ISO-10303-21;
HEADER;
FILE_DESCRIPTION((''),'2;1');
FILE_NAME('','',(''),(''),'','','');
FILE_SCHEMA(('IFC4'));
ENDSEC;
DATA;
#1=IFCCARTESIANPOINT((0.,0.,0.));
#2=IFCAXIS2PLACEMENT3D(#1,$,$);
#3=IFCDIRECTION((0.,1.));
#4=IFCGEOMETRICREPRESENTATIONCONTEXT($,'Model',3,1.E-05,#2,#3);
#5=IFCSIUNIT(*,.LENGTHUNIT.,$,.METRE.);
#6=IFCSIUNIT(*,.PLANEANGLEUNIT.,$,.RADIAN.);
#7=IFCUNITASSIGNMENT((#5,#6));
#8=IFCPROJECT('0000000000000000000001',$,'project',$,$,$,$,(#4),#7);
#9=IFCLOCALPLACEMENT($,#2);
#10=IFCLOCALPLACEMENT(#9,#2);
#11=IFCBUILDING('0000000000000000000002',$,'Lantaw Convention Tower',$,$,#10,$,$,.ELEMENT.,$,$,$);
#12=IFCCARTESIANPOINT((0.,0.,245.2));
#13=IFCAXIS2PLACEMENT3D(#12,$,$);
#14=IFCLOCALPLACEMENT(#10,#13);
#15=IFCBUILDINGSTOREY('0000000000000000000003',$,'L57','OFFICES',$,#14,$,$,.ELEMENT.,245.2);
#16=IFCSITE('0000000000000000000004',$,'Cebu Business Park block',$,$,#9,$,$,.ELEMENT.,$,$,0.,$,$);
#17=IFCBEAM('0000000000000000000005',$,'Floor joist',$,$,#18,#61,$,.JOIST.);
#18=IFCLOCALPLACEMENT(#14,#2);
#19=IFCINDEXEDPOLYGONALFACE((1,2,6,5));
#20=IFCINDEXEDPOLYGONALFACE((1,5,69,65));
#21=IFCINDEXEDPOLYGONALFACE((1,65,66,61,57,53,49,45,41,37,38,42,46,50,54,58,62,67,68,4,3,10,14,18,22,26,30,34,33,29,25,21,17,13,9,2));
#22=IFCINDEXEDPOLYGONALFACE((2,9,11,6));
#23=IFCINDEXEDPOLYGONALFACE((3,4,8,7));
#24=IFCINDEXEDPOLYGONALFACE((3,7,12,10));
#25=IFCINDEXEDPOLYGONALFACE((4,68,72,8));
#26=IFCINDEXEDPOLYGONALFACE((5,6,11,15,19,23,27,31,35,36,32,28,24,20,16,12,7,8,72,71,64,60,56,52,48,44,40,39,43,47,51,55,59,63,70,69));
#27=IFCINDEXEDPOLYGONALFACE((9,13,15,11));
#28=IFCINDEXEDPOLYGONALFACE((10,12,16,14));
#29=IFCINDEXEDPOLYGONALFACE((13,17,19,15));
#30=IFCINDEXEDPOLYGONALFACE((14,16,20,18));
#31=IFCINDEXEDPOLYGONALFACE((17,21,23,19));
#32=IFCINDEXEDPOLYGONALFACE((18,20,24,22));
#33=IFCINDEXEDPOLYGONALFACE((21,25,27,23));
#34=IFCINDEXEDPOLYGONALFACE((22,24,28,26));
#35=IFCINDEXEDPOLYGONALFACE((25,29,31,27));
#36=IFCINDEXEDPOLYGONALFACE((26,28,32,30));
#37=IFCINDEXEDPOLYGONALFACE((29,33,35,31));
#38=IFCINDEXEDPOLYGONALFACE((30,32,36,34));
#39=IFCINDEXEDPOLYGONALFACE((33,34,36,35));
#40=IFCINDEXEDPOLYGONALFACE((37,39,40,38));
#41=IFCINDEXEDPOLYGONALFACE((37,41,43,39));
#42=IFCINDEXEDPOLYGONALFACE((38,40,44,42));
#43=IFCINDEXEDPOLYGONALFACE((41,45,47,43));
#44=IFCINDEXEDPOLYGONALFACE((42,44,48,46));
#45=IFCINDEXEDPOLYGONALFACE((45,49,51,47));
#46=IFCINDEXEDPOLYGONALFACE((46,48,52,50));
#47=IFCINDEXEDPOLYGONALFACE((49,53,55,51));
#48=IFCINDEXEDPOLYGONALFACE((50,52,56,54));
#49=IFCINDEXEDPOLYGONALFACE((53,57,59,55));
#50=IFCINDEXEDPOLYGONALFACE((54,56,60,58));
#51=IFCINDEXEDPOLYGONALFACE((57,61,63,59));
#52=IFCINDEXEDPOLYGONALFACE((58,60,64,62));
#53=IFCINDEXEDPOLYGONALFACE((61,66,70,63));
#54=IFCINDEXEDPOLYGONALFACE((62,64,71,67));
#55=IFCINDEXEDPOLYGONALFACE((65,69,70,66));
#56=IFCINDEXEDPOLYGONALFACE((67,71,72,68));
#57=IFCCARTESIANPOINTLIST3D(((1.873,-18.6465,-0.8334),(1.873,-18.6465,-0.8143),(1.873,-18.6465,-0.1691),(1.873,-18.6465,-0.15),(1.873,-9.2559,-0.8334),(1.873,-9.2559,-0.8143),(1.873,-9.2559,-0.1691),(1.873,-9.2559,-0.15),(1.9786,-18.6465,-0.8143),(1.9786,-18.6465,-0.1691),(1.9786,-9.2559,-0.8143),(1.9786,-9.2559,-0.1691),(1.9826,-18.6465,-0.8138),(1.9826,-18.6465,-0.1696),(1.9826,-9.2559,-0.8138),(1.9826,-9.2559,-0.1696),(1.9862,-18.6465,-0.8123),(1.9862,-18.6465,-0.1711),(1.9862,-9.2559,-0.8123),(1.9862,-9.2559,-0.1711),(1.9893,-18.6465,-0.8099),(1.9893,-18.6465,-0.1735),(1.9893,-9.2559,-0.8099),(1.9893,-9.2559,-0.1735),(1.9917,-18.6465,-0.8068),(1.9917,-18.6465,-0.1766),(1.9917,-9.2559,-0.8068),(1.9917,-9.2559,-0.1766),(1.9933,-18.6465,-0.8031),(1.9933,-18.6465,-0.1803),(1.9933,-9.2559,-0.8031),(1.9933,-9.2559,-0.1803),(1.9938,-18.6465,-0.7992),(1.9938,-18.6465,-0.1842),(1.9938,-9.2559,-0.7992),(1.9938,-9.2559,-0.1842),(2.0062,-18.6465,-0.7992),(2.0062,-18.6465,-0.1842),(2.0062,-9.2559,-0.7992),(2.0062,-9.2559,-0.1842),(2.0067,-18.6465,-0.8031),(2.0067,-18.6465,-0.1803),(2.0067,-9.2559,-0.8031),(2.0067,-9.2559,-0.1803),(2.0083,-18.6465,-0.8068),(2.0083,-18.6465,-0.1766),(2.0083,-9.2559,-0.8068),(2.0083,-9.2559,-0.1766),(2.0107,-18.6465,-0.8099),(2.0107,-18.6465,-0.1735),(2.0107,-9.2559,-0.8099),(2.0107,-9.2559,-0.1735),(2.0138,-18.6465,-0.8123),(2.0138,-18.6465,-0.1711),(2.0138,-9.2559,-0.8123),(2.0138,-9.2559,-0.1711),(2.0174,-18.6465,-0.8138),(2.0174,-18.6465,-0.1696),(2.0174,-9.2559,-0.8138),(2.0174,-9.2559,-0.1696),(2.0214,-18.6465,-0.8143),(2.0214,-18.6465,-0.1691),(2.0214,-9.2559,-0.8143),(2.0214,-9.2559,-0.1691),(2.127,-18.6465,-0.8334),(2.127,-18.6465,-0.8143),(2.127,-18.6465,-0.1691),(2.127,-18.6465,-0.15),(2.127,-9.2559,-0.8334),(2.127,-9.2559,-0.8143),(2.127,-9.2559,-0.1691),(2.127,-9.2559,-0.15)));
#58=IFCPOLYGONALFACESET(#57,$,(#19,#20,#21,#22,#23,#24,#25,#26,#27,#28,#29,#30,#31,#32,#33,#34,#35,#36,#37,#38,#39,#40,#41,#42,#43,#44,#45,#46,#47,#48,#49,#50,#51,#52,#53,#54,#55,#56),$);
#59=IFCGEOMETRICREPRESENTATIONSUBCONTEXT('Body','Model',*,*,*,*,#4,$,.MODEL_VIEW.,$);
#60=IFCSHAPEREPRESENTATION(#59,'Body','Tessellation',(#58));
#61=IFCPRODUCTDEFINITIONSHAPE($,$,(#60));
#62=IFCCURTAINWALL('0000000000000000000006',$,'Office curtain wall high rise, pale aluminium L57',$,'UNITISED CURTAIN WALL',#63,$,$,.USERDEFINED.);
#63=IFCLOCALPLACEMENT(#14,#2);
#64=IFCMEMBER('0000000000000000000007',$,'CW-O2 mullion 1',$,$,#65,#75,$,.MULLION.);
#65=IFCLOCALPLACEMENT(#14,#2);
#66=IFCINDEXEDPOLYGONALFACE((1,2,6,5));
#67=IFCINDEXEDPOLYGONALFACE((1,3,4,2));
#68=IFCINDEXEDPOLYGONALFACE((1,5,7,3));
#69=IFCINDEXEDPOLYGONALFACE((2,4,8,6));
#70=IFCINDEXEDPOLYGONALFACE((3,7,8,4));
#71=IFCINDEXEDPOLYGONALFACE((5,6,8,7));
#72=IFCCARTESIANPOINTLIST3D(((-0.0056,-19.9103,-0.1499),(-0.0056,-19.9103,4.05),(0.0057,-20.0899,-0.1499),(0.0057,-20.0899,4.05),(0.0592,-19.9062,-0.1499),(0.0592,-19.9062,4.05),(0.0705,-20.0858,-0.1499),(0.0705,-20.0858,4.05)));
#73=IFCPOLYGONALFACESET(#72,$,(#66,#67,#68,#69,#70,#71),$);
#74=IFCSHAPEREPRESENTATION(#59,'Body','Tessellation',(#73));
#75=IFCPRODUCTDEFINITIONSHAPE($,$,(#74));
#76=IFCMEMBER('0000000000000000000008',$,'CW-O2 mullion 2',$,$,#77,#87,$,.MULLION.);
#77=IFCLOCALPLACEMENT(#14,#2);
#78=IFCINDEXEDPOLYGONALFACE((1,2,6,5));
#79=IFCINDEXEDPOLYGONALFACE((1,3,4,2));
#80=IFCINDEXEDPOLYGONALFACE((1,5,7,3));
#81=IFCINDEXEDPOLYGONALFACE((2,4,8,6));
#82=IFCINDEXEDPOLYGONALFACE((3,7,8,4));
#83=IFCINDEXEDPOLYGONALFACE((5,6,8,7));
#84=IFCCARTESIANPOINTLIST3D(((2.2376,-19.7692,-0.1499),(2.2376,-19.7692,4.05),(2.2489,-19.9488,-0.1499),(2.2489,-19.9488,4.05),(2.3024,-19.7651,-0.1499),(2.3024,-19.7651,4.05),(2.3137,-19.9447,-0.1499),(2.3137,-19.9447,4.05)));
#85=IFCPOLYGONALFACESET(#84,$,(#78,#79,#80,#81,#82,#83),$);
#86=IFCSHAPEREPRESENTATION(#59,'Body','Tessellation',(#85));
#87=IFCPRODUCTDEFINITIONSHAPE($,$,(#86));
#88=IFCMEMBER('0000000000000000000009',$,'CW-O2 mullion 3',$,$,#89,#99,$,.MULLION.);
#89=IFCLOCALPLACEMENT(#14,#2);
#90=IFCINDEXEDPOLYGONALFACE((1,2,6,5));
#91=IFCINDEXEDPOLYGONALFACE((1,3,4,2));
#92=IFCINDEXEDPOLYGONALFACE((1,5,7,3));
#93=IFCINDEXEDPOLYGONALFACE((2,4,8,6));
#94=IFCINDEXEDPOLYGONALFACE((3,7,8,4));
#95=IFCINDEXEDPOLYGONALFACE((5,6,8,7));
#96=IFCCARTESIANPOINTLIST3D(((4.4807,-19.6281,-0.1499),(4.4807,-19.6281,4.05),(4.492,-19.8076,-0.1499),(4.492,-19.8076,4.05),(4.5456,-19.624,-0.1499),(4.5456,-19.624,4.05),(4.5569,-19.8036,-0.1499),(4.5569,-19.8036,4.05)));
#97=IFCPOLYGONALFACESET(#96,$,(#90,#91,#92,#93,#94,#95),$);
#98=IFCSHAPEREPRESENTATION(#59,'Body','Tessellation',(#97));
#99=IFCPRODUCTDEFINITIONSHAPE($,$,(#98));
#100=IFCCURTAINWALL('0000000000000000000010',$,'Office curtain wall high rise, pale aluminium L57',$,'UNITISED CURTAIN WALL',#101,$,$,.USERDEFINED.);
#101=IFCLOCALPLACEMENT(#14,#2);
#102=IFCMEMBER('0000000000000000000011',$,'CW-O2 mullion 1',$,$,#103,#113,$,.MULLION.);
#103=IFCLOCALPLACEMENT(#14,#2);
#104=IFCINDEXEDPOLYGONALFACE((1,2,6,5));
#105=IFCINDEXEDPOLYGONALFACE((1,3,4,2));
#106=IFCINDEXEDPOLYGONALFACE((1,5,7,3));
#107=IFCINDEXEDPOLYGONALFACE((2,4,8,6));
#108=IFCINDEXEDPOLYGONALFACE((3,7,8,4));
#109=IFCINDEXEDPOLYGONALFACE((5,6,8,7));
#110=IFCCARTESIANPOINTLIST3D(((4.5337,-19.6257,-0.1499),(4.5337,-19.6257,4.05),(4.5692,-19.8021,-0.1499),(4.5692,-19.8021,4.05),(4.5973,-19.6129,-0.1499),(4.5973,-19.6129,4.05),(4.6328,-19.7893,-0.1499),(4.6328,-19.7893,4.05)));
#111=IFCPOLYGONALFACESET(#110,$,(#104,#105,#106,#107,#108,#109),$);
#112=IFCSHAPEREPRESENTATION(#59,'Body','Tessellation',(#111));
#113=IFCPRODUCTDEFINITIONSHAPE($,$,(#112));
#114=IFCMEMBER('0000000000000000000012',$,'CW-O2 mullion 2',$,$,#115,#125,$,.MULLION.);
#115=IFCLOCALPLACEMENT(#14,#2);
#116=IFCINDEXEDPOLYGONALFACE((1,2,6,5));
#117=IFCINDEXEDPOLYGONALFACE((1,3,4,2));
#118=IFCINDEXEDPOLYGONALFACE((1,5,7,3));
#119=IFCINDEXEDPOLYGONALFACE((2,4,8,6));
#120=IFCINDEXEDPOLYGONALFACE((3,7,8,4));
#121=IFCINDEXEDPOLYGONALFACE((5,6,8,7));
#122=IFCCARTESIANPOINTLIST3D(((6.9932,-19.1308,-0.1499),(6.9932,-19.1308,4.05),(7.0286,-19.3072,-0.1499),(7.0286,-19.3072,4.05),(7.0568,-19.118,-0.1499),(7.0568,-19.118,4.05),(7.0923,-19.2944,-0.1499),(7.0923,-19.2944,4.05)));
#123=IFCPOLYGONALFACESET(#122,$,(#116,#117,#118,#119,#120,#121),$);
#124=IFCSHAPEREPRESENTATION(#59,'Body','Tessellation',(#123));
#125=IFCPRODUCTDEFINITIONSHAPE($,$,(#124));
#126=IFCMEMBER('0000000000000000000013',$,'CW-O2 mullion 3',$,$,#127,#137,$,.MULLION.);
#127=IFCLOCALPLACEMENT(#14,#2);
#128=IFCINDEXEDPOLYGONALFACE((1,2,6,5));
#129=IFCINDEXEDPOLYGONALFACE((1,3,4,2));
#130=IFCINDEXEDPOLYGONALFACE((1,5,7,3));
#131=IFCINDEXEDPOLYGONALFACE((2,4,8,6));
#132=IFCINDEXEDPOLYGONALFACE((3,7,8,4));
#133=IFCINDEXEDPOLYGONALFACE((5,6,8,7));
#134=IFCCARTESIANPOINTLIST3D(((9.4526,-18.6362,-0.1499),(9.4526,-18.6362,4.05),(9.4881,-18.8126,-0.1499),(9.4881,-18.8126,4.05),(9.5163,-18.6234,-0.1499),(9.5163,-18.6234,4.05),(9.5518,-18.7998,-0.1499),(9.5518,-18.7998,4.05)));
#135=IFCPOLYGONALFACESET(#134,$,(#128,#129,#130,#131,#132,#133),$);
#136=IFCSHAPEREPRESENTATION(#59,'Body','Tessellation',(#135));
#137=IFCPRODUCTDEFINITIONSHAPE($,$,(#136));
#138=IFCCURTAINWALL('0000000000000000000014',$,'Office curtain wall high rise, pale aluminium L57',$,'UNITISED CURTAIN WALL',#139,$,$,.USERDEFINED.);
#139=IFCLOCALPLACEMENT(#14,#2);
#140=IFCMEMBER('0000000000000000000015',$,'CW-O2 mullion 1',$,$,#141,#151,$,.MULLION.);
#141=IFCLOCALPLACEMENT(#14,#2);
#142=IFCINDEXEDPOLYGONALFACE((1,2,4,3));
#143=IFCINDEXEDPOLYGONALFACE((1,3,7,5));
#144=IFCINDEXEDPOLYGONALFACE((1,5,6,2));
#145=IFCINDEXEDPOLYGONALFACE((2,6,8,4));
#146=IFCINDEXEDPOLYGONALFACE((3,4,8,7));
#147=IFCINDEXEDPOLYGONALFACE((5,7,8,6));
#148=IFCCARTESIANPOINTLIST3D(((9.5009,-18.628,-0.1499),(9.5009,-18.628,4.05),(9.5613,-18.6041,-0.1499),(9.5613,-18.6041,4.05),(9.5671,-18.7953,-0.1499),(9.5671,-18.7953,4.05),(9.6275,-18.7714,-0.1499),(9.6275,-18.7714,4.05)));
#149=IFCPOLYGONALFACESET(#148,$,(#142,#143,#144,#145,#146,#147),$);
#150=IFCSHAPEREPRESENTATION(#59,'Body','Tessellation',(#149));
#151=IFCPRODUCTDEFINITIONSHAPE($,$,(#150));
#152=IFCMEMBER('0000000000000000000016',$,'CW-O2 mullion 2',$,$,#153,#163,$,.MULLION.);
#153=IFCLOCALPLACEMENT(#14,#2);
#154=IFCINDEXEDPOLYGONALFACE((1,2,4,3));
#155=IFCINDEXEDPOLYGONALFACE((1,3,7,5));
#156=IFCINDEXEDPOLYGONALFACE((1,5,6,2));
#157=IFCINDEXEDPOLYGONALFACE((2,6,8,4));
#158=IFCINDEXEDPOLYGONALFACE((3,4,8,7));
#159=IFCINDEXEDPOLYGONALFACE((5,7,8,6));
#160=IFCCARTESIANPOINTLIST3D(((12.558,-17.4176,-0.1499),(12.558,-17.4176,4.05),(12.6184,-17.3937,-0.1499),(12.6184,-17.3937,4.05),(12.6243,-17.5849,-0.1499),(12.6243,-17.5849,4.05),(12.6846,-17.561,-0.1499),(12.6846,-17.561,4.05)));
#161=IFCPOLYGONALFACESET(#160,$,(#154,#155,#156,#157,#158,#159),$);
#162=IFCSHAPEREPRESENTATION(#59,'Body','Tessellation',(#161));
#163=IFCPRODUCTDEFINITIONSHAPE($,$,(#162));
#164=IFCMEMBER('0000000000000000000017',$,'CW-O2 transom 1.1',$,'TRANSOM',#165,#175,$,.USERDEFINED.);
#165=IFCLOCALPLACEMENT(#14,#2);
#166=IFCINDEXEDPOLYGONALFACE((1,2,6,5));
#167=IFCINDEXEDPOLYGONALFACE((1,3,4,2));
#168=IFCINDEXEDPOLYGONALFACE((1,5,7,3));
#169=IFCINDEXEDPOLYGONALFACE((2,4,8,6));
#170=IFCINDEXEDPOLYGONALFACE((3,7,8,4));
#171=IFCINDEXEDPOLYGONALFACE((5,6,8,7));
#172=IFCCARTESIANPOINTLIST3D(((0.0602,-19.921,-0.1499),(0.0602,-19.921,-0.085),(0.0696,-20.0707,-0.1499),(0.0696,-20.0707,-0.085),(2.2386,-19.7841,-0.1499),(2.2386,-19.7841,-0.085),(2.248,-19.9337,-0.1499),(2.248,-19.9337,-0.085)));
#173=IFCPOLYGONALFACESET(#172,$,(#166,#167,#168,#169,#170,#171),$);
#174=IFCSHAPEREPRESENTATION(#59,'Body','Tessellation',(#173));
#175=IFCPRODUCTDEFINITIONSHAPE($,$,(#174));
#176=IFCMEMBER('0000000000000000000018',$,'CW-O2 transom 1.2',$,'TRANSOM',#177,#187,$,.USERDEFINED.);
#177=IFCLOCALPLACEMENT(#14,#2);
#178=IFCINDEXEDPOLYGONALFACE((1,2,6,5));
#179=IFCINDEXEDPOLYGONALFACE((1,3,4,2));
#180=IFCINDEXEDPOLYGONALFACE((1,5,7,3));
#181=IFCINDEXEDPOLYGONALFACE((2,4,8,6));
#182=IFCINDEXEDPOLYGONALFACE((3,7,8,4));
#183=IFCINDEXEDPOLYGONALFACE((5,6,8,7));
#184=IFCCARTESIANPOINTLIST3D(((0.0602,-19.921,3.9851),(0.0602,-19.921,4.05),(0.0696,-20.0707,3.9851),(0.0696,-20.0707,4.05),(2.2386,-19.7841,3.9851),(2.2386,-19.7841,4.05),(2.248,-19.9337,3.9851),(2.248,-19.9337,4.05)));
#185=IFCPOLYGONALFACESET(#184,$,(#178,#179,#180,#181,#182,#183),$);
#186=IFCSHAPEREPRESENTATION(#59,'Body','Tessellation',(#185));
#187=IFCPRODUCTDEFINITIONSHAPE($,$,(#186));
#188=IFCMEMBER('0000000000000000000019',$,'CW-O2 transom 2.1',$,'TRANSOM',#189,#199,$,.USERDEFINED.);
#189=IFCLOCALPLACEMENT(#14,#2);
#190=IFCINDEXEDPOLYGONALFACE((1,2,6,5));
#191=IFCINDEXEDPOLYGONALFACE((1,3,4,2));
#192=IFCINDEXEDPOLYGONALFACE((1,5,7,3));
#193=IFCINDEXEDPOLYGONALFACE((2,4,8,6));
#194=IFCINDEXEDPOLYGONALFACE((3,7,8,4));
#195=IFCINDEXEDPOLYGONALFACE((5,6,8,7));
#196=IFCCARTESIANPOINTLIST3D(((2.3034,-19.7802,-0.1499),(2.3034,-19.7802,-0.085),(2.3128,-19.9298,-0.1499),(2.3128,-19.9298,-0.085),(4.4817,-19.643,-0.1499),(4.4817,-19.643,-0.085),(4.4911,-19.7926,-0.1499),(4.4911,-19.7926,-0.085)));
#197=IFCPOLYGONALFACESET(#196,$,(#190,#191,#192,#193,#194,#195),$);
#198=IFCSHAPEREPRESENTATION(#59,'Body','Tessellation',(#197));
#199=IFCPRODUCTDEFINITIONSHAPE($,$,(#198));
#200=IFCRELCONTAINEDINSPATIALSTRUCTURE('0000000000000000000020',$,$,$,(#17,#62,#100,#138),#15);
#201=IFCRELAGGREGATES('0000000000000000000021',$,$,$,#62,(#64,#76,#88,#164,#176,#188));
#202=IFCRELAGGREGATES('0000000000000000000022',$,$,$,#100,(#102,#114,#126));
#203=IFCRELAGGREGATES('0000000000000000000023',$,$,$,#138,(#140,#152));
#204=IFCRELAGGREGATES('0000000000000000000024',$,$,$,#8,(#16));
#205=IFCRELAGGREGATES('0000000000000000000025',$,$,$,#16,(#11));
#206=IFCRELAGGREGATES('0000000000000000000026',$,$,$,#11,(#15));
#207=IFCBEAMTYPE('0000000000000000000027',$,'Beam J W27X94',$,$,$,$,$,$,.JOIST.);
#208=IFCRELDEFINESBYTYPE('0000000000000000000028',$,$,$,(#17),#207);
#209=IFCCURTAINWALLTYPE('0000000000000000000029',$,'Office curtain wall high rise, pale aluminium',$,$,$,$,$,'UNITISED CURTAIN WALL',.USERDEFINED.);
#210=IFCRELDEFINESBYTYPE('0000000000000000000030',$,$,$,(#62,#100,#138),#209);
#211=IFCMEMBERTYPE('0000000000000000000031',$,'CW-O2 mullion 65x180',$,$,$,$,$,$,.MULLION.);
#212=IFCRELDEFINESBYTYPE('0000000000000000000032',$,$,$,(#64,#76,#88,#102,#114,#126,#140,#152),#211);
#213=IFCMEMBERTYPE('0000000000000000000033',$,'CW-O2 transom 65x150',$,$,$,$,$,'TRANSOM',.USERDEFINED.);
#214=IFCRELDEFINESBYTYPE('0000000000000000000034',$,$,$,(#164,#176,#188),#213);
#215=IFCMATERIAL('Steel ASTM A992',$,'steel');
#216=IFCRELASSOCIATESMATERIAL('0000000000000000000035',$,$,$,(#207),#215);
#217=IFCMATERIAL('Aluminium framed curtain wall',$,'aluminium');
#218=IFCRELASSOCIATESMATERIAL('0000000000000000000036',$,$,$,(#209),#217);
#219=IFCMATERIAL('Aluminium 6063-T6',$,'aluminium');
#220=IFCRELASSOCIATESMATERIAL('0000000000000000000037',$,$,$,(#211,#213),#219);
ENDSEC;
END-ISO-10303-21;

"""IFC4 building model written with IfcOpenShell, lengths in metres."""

from ifc_helpers import new_model, si_unit, direction, frame, origin, origin_2d, place, context, subcontext, project, spatial, rectangle, i_section, extrude, material, material_profile, profile_set, type_object, element, aggregate, save


model = new_model("IFC4")

# Units and contexts
model_context = context("Model", 3, precision=1e-05, world=origin(), true_north=direction((0.0, 1.0)))
body_context = subcontext(model_context, "Body", "Model", "MODEL_VIEW")
ifc_project = project(units=[si_unit("LENGTHUNIT", "METRE"), si_unit("PLANEANGLEUNIT", "RADIAN")], contexts=[model_context])

# Site, building, storey
site_placement = place(None, origin())
site = spatial("IfcSite", under=ifc_project, at=site_placement, Name="Cebu Business Park block", CompositionType="ELEMENT", RefElevation=0.0)
building_placement = place(site_placement, origin())
building = spatial("IfcBuilding", under=site, at=building_placement, Name="Lantaw Convention Tower", CompositionType="ELEMENT")
storey_placement = place(building_placement, frame((0.0, 0.0, 245.2)))
storey = spatial("IfcBuildingStorey", under=building, at=storey_placement, Name="L57", Description="OFFICES", CompositionType="ELEMENT", Elevation=245.2)

# Beam
ifc_material_1 = material(Name="Steel ASTM A992", Category="steel")
ifc_material_profile_1 = material_profile(ifc_material_1, i_section(OverallWidth=0.2539, OverallDepth=0.6833, WebThickness=0.0125, FlangeThickness=0.019, FilletRadius=0.0151, at=origin_2d()), Name="W27X94")
ifc_profile_set_1 = profile_set([ifc_material_profile_1], Name="Steel ASTM A992")
beam_type_1 = type_object("IfcBeamType", Name="Beam J W27X94", PredefinedType="JOIST", material=ifc_profile_set_1)
beam_1_placement = place(storey_placement, frame((2.0, -18.6465, -0.4917), z_axis=(0.0, 1.0, 0.0), x_axis=(-1.0, 0.0, 0.0)))
element("IfcBeam", 1, at=beam_1_placement, inside=storey, type_object=beam_type_1, Name="Floor joist", PredefinedType="JOIST", context=body_context, shape_type="SweptSolid", body=[
    extrude(i_section(OverallWidth=0.2539, OverallDepth=0.6833, WebThickness=0.0125, FlangeThickness=0.019, FilletRadius=0.0151, at=origin_2d()), origin(), (0.0, 0.0, 1.0), 9.3906),
])

# Curtain walls, members
ifc_material_2 = material(Name="Aluminium framed curtain wall", Category="aluminium")
curtain_wall_type = type_object("IfcCurtainWallType", Name="Office curtain wall high rise, pale aluminium", ElementType="UNITISED CURTAIN WALL", PredefinedType="USERDEFINED", material=ifc_material_2)
curtain_wall_1_placement = place(storey_placement, origin())
curtain_wall_1 = element("IfcCurtainWall", 2, at=curtain_wall_1_placement, inside=storey, type_object=curtain_wall_type, Name="Office curtain wall high rise, pale aluminium L57", ObjectType="UNITISED CURTAIN WALL", PredefinedType="USERDEFINED")
ifc_material_3 = material(Name="Aluminium 6063-T6", Category="aluminium")
ifc_material_profile_2 = material_profile(ifc_material_3, rectangle(XDim=0.1799, YDim=0.0649, at=origin_2d()), Name="CW-O2 mullion 65x180")
ifc_profile_set_2 = profile_set([ifc_material_profile_2], Name="Aluminium 6063-T6")
member_type_1 = type_object("IfcMemberType", Name="CW-O2 mullion 65x180", PredefinedType="MULLION", material=ifc_profile_set_2)
member_1_placement = place(storey_placement, frame((0.0325, -19.998, -0.1499), z_axis=(0.0, 0.0, 1.0), x_axis=(-0.062758, 0.998029, 0.0)))
member_1 = element("IfcMember", 3, at=member_1_placement, type_object=member_type_1, Name="CW-O2 mullion 1", PredefinedType="MULLION", context=body_context, shape_type="SweptSolid", body=[
    extrude(rectangle(XDim=0.1799, YDim=0.0649, at=origin_2d()), origin(), (0.0, 0.0, 1.0), 4.2),
])
member_2_placement = place(storey_placement, frame((2.2756, -19.8569, -0.1499), z_axis=(0.0, 0.0, 1.0), x_axis=(-0.062758, 0.998029, 0.0)))
member_2 = element("IfcMember", 4, at=member_2_placement, type_object=member_type_1, Name="CW-O2 mullion 2", PredefinedType="MULLION", context=body_context, shape_type="SweptSolid", body=[
    extrude(rectangle(XDim=0.1799, YDim=0.0649, at=origin_2d()), origin(), (0.0, 0.0, 1.0), 4.2),
])
member_3_placement = place(storey_placement, frame((4.5188, -19.7158, -0.1499), z_axis=(0.0, 0.0, 1.0), x_axis=(-0.062758, 0.998029, 0.0)))
member_3 = element("IfcMember", 5, at=member_3_placement, type_object=member_type_1, Name="CW-O2 mullion 3", PredefinedType="MULLION", context=body_context, shape_type="SweptSolid", body=[
    extrude(rectangle(XDim=0.1799, YDim=0.0649, at=origin_2d()), origin(), (0.0, 0.0, 1.0), 4.2),
])
curtain_wall_2_placement = place(storey_placement, origin())
curtain_wall_2 = element("IfcCurtainWall", 6, at=curtain_wall_2_placement, inside=storey, type_object=curtain_wall_type, Name="Office curtain wall high rise, pale aluminium L57", ObjectType="UNITISED CURTAIN WALL", PredefinedType="USERDEFINED")
member_4_placement = place(storey_placement, frame((4.5833, -19.7075, -0.1499), z_axis=(0.0, 0.0, 1.0), x_axis=(-0.197183, 0.980367, 0.0)))
member_4 = element("IfcMember", 7, at=member_4_placement, type_object=member_type_1, Name="CW-O2 mullion 1", PredefinedType="MULLION", context=body_context, shape_type="SweptSolid", body=[
    extrude(rectangle(XDim=0.1799, YDim=0.0649, at=origin_2d()), origin(), (0.0, 0.0, 1.0), 4.2),
])
member_5_placement = place(storey_placement, frame((7.0427, -19.2126, -0.1499), z_axis=(0.0, 0.0, 1.0), x_axis=(-0.197183, 0.980367, 0.0)))
member_5 = element("IfcMember", 8, at=member_5_placement, type_object=member_type_1, Name="CW-O2 mullion 2", PredefinedType="MULLION", context=body_context, shape_type="SweptSolid", body=[
    extrude(rectangle(XDim=0.1799, YDim=0.0649, at=origin_2d()), origin(), (0.0, 0.0, 1.0), 4.2),
])
member_6_placement = place(storey_placement, frame((9.5022, -18.718, -0.1499), z_axis=(0.0, 0.0, 1.0), x_axis=(-0.197183, 0.980367, 0.0)))
member_6 = element("IfcMember", 9, at=member_6_placement, type_object=member_type_1, Name="CW-O2 mullion 3", PredefinedType="MULLION", context=body_context, shape_type="SweptSolid", body=[
    extrude(rectangle(XDim=0.1799, YDim=0.0649, at=origin_2d()), origin(), (0.0, 0.0, 1.0), 4.2),
])
curtain_wall_3_placement = place(storey_placement, origin())
curtain_wall_3 = element("IfcCurtainWall", 10, at=curtain_wall_3_placement, inside=storey, type_object=curtain_wall_type, Name="Office curtain wall high rise, pale aluminium L57", ObjectType="UNITISED CURTAIN WALL", PredefinedType="USERDEFINED")
member_7_placement = place(storey_placement, frame((9.5642, -18.6997, -0.1499), z_axis=(0.0, 0.0, 1.0), x_axis=(-0.368162, 0.929762, 0.0)))
member_7 = element("IfcMember", 11, at=member_7_placement, type_object=member_type_1, Name="CW-O2 mullion 1", PredefinedType="MULLION", context=body_context, shape_type="SweptSolid", body=[
    extrude(rectangle(XDim=0.1799, YDim=0.0649, at=origin_2d()), origin(), (0.0, 0.0, 1.0), 4.2),
])
member_8_placement = place(storey_placement, frame((12.6213, -17.4893, -0.1499), z_axis=(0.0, 0.0, 1.0), x_axis=(-0.368162, 0.929762, 0.0)))
member_8 = element("IfcMember", 12, at=member_8_placement, type_object=member_type_1, Name="CW-O2 mullion 2", PredefinedType="MULLION", context=body_context, shape_type="SweptSolid", body=[
    extrude(rectangle(XDim=0.1799, YDim=0.0649, at=origin_2d()), origin(), (0.0, 0.0, 1.0), 4.2),
])

# Members
ifc_material_profile_3 = material_profile(ifc_material_3, rectangle(XDim=0.1499, YDim=0.0649, at=origin_2d()), Name="CW-O2 transom 65x150")
ifc_profile_set_3 = profile_set([ifc_material_profile_3], Name="Aluminium 6063-T6")
member_type_2 = type_object("IfcMemberType", Name="CW-O2 transom 65x150", ElementType="TRANSOM", PredefinedType="USERDEFINED", material=ifc_profile_set_3)
member_9_placement = place(storey_placement, frame((0.0649, -19.9958, -0.1174), z_axis=(0.998029, 0.062754, 0.0), x_axis=(-0.062754, 0.998029, 0.0)))
member_9 = element("IfcMember", 13, at=member_9_placement, type_object=member_type_2, Name="CW-O2 transom 1.1", ObjectType="TRANSOM", PredefinedType="USERDEFINED", context=body_context, shape_type="SweptSolid", body=[
    extrude(rectangle(XDim=0.1499, YDim=0.0649, at=origin_2d()), origin(), (0.0, 0.0, 1.0), 2.1826),
])
member_10_placement = place(storey_placement, frame((0.0649, -19.9958, 4.0176), z_axis=(0.998029, 0.062754, 0.0), x_axis=(-0.062754, 0.998029, 0.0)))
member_10 = element("IfcMember", 14, at=member_10_placement, type_object=member_type_2, Name="CW-O2 transom 1.2", ObjectType="TRANSOM", PredefinedType="USERDEFINED", context=body_context, shape_type="SweptSolid", body=[
    extrude(rectangle(XDim=0.1499, YDim=0.0649, at=origin_2d()), origin(), (0.0, 0.0, 1.0), 2.1826),
])
member_11_placement = place(storey_placement, frame((2.3081, -19.855, -0.1174), z_axis=(0.998022, 0.062866, 0.0), x_axis=(-0.062866, 0.998022, 0.0)))
member_11 = element("IfcMember", 15, at=member_11_placement, type_object=member_type_2, Name="CW-O2 transom 2.1", ObjectType="TRANSOM", PredefinedType="USERDEFINED", context=body_context, shape_type="SweptSolid", body=[
    extrude(rectangle(XDim=0.1499, YDim=0.0649, at=origin_2d()), origin(), (0.0, 0.0, 1.0), 2.1826),
])

aggregate(curtain_wall_1, [member_1, member_2, member_3, member_9, member_10, member_11])
aggregate(curtain_wall_2, [member_4, member_5, member_6])
aggregate(curtain_wall_3, [member_7, member_8])

save(model, "model.ifc")
